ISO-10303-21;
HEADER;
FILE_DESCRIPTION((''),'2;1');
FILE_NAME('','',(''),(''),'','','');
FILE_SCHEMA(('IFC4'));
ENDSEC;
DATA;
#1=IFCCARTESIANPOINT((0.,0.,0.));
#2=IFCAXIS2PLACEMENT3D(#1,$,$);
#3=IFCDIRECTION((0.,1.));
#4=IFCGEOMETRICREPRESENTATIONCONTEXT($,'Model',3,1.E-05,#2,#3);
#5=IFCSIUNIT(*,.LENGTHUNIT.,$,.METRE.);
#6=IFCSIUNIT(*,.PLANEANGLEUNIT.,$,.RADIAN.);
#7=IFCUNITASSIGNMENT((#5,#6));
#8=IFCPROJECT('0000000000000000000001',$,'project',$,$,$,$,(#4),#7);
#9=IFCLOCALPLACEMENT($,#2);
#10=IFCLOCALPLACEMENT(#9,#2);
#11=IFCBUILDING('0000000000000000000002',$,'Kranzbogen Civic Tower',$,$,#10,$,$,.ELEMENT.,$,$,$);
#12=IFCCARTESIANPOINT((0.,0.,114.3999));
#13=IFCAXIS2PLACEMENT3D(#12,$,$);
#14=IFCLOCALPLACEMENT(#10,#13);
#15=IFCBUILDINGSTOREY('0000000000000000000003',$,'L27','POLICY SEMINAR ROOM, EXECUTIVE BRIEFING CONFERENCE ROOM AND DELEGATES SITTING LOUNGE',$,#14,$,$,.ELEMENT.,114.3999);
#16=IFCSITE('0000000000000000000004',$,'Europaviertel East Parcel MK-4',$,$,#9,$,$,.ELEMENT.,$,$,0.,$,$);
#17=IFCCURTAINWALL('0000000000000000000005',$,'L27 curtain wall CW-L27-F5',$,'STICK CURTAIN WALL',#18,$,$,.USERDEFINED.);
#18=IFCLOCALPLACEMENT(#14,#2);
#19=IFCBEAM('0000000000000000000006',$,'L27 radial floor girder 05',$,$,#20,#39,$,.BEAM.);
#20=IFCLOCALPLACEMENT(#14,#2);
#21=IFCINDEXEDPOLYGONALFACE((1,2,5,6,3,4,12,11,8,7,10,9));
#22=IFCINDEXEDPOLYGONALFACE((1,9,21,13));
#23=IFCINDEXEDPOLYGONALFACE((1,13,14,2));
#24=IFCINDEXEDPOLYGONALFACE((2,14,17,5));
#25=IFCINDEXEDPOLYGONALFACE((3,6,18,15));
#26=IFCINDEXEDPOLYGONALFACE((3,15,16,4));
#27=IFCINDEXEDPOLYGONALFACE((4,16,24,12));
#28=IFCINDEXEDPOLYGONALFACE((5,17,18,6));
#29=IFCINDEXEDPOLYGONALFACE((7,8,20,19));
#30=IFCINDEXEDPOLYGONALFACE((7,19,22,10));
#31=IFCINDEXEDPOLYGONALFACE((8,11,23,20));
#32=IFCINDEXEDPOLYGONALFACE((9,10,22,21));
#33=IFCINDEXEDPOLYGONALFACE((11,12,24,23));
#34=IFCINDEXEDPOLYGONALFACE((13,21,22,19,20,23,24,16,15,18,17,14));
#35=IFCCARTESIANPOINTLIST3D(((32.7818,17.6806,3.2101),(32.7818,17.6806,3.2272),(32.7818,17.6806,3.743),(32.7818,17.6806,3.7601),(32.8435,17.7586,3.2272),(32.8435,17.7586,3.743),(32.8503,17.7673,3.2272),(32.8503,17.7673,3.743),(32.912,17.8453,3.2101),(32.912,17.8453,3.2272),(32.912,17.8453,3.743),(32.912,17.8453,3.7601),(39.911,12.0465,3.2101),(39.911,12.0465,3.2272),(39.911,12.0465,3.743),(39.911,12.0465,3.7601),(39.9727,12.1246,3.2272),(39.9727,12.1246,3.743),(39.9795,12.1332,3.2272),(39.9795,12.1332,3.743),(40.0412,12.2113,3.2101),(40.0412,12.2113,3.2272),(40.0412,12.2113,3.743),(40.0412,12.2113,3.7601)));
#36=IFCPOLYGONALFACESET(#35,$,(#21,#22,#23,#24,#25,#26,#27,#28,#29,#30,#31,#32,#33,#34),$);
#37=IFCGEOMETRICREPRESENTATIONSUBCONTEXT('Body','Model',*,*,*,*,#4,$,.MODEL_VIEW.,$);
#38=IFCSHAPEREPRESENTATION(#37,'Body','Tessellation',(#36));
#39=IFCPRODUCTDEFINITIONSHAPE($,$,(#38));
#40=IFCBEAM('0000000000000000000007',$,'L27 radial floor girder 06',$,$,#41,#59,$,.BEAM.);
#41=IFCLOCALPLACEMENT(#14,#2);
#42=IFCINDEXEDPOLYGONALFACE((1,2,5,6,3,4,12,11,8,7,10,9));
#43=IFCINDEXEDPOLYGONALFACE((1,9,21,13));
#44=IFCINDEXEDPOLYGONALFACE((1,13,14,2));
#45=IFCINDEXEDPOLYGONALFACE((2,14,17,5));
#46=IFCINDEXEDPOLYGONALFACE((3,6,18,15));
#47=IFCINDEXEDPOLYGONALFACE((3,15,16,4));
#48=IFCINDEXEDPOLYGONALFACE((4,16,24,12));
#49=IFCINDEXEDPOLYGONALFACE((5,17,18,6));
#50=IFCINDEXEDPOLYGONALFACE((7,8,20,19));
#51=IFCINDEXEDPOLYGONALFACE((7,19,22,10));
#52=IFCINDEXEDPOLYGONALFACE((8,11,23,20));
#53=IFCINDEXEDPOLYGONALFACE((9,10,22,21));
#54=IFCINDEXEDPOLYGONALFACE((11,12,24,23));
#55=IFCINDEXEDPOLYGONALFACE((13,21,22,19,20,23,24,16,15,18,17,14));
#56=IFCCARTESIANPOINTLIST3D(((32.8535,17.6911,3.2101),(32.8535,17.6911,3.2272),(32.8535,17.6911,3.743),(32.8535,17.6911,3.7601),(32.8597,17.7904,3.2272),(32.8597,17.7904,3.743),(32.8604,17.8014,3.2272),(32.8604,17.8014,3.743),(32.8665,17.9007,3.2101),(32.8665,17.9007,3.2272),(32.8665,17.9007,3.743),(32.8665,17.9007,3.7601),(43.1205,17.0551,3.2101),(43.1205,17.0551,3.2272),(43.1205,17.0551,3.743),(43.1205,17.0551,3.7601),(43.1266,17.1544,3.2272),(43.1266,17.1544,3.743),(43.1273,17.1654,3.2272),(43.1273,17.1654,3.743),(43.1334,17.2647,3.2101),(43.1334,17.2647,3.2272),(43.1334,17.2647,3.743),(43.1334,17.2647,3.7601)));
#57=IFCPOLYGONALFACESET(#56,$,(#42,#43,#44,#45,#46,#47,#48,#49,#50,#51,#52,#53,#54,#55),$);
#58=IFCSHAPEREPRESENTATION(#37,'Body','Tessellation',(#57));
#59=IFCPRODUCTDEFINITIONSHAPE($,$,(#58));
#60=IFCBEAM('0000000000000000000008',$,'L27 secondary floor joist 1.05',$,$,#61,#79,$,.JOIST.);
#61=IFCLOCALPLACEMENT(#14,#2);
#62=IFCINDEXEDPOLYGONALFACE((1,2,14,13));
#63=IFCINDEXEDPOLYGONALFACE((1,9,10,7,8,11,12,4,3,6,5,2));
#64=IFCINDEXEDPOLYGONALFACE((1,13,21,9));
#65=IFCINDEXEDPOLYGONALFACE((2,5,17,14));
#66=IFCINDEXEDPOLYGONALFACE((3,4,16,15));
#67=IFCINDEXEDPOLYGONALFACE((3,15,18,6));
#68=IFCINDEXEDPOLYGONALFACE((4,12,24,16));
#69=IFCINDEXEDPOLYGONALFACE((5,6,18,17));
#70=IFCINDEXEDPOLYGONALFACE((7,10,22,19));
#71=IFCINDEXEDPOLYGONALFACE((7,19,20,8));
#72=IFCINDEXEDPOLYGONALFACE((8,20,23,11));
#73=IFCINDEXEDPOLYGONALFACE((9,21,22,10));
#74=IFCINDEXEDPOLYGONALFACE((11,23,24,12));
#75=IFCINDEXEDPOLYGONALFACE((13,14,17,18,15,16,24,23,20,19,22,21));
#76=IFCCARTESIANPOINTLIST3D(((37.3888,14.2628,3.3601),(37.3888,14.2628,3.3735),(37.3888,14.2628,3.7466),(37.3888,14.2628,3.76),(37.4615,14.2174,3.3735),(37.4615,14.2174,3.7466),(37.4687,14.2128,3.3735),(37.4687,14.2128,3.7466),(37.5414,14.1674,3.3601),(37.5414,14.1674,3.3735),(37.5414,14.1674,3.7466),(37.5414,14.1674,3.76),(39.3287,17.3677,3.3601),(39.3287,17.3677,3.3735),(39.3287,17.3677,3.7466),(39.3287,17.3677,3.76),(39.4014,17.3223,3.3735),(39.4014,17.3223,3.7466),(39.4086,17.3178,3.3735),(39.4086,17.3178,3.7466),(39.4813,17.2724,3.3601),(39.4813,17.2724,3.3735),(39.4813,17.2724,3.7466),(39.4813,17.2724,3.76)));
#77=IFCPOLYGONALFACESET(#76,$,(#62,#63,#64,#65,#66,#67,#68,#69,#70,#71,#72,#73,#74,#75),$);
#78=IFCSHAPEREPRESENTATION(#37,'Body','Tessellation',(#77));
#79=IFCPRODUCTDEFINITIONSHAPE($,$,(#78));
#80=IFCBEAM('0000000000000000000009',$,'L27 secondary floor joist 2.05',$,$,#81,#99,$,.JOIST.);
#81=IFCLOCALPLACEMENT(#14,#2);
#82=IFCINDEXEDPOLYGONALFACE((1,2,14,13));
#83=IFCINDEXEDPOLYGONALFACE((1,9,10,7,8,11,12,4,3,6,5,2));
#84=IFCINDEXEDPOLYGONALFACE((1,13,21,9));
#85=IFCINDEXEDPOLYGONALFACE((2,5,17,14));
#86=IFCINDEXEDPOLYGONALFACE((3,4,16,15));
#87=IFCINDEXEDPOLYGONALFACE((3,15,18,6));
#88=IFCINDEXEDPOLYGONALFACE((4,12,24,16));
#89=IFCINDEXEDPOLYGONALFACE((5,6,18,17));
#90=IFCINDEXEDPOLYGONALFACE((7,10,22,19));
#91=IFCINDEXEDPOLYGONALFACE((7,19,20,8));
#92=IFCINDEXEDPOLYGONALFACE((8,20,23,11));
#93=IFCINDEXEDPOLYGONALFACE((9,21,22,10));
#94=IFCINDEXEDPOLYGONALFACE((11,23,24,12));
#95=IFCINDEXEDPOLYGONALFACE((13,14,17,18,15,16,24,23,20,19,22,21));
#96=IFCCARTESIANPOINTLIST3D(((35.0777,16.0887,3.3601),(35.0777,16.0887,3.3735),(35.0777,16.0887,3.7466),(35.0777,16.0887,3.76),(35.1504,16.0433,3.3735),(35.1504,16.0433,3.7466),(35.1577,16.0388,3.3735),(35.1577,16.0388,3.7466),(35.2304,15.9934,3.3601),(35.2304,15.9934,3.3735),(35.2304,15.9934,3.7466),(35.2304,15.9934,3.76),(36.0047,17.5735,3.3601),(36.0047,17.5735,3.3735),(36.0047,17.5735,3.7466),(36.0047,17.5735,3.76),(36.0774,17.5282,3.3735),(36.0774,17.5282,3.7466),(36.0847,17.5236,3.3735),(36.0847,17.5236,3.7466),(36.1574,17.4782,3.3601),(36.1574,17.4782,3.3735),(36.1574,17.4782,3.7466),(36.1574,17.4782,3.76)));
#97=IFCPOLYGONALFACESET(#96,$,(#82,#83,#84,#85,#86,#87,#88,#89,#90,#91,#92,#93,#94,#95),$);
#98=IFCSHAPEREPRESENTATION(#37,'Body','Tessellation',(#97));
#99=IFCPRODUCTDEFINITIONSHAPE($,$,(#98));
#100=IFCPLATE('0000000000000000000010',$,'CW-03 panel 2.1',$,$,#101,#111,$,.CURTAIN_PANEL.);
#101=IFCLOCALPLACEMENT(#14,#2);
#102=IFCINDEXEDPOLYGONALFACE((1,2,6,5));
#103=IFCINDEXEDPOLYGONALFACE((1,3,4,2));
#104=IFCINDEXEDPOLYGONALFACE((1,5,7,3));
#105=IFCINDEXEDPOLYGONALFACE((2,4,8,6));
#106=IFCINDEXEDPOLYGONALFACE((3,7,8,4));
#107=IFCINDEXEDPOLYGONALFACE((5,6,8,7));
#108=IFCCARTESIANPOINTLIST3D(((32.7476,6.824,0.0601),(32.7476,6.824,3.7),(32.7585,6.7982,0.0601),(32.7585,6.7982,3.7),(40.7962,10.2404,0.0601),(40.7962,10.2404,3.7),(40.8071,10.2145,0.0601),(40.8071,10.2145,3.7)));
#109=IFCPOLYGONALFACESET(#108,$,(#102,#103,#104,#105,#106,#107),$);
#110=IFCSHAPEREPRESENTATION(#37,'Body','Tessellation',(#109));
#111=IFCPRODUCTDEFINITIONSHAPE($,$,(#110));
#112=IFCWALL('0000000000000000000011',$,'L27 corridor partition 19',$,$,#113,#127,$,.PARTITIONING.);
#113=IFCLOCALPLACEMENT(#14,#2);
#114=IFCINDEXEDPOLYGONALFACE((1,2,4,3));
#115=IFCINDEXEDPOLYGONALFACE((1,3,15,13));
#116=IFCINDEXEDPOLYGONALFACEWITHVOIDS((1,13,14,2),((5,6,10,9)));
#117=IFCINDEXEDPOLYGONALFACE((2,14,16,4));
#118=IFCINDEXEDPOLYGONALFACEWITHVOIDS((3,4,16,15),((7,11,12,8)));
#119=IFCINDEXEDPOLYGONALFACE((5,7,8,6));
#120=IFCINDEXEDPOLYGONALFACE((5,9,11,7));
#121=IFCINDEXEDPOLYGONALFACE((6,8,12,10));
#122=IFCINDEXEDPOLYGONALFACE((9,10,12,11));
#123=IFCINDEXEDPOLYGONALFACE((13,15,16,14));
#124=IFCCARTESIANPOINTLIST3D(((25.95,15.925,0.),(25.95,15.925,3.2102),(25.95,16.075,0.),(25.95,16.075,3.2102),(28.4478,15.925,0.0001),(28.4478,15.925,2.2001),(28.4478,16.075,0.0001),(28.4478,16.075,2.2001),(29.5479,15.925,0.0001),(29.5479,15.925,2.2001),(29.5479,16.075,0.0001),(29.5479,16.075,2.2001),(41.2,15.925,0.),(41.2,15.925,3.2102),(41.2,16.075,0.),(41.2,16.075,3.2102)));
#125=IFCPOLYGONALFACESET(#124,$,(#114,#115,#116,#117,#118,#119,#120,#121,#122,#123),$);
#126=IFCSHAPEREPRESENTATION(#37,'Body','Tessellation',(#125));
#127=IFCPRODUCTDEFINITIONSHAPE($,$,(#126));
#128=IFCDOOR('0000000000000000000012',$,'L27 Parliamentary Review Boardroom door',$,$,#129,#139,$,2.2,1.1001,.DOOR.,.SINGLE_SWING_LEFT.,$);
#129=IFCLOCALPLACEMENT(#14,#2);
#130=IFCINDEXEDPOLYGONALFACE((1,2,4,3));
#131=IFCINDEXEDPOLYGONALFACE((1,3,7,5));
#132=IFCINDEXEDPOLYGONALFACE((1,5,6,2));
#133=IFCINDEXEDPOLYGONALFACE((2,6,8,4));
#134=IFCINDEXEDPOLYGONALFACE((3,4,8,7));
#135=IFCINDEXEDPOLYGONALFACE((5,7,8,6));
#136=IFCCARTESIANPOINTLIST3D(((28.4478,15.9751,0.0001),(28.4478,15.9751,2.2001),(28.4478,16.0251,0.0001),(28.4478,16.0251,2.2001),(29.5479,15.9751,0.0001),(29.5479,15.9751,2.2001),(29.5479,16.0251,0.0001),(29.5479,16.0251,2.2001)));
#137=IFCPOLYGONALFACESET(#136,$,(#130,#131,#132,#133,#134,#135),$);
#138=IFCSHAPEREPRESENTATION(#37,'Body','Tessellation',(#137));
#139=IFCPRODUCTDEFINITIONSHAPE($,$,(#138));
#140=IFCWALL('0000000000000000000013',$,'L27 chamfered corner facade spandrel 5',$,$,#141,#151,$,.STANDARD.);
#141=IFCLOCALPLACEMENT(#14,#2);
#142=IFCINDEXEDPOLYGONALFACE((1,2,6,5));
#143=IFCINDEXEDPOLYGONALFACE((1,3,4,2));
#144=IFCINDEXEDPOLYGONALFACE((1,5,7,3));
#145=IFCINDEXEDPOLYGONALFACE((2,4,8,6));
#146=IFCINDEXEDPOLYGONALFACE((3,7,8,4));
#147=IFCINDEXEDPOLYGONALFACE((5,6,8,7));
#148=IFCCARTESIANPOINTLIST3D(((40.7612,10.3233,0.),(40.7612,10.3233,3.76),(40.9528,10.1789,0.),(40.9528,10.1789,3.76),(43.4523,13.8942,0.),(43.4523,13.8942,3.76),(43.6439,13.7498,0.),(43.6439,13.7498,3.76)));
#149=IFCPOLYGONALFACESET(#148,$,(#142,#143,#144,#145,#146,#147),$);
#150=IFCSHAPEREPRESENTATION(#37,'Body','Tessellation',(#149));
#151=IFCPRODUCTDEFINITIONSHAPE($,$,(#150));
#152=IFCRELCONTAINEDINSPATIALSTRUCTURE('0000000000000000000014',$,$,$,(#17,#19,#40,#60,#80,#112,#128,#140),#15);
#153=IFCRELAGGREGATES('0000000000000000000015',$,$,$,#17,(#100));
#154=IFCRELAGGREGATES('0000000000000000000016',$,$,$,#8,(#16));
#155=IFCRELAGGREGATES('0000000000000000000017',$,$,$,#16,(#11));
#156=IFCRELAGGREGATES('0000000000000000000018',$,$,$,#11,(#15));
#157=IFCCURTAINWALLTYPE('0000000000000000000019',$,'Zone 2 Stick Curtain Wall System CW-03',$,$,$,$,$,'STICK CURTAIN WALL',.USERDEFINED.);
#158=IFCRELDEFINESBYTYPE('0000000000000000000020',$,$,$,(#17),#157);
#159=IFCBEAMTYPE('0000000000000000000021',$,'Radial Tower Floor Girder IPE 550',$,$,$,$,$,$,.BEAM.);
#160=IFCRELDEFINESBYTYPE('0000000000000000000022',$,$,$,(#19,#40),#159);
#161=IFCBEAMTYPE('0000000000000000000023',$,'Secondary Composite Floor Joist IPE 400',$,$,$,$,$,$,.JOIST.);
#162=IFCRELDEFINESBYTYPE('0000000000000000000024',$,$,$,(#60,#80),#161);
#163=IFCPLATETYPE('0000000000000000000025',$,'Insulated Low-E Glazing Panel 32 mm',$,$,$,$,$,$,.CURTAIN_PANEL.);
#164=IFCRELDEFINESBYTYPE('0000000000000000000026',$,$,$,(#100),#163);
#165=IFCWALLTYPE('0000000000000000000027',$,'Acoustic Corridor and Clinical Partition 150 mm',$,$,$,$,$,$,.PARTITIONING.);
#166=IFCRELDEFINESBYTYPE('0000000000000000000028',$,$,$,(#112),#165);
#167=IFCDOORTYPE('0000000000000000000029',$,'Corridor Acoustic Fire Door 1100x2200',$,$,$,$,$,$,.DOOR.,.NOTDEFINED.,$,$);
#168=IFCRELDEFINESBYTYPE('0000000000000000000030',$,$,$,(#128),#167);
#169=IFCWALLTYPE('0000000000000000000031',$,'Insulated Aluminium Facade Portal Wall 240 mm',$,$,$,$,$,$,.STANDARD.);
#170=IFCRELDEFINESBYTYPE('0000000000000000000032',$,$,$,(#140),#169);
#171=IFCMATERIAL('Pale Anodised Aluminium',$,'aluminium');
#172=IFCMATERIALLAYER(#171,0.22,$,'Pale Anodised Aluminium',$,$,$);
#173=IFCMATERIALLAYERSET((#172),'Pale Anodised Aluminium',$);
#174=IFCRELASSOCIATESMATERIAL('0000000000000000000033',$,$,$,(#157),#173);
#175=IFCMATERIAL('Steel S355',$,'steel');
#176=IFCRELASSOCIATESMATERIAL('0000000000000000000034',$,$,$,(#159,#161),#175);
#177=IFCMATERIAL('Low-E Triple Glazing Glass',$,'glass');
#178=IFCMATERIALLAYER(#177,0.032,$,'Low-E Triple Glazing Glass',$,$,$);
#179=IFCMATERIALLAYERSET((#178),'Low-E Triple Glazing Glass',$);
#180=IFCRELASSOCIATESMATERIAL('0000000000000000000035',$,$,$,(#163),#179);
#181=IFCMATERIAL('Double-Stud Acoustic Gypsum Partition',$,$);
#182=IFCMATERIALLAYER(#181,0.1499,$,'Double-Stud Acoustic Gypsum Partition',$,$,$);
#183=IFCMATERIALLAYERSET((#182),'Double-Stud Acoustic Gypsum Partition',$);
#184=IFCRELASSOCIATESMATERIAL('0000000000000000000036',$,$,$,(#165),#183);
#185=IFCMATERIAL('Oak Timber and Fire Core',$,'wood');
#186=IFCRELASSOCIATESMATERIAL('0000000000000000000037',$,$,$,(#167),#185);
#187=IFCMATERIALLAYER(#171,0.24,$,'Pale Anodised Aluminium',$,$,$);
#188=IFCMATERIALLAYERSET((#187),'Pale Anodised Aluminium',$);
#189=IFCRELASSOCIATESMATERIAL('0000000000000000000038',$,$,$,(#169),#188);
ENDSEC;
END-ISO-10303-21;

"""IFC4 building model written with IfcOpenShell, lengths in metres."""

from ifc_helpers import new_model, si_unit, direction, frame, frame_2d, origin, origin_2d, place, context, subcontext, project, spatial, rectangle, i_section, extrude, material, layer, layer_set, material_profile, profile_set, type_object, element, fill, aggregate, save


model = new_model("IFC4")

# Units and contexts
model_context = context("Model", 3, precision=1e-05, world=origin(), true_north=direction((0.0, 1.0)))
body_context = subcontext(model_context, "Body", "Model", "MODEL_VIEW")
ifc_project = project(units=[si_unit("LENGTHUNIT", "METRE"), si_unit("PLANEANGLEUNIT", "RADIAN")], contexts=[model_context])

# Site, building, storey
site_placement = place(None, origin())
site = spatial("IfcSite", under=ifc_project, at=site_placement, Name="Europaviertel East Parcel MK-4", CompositionType="ELEMENT", RefElevation=0.0)
building_placement = place(site_placement, origin())
building = spatial("IfcBuilding", under=site, at=building_placement, Name="Kranzbogen Civic Tower", CompositionType="ELEMENT")
storey_placement = place(building_placement, frame((0.0, 0.0, 114.3999)))
storey = spatial("IfcBuildingStorey", under=building, at=storey_placement, Name="L27", Description="POLICY SEMINAR ROOM, EXECUTIVE BRIEFING CONFERENCE ROOM AND DELEGATES SITTING LOUNGE", CompositionType="ELEMENT", Elevation=114.3999)

# Shared definitions
ifc_material_1 = material(Name="Steel S355", Category="steel")

# Curtain wall
ifc_material_2 = material(Name="Pale Anodised Aluminium", Category="aluminium")
ifc_layer_1 = layer(ifc_material_2, 0.22, Name="Pale Anodised Aluminium")
ifc_layer_set_1 = layer_set([ifc_layer_1], Name="Pale Anodised Aluminium")
curtain_wall_type = type_object("IfcCurtainWallType", Name="Zone 2 Stick Curtain Wall System CW-03", ElementType="STICK CURTAIN WALL", PredefinedType="USERDEFINED", material=ifc_layer_set_1)
curtain_wall_1_placement = place(storey_placement, origin())
curtain_wall_1 = element("IfcCurtainWall", 1, at=curtain_wall_1_placement, inside=storey, type_object=curtain_wall_type, Name="L27 curtain wall CW-L27-F5", ObjectType="STICK CURTAIN WALL", PredefinedType="USERDEFINED")

# Beams
ifc_material_profile_1 = material_profile(ifc_material_1, i_section(OverallWidth=0.21, OverallDepth=0.55, WebThickness=0.011, FlangeThickness=0.0171, at=origin_2d()), Name="IPE 550")
ifc_profile_set_1 = profile_set([ifc_material_profile_1], Name="Steel S355")
beam_type_1 = type_object("IfcBeamType", Name="Radial Tower Floor Girder IPE 550", PredefinedType="BEAM", material=ifc_profile_set_1)
beam_1_placement = place(storey_placement, frame((39.9761, 12.1289, 3.4851), z_axis=(-0.784575, 0.620034, 0.0), x_axis=(-0.620034, -0.784575, 0.0)))
element("IfcBeam", 2, at=beam_1_placement, inside=storey, type_object=beam_type_1, Name="L27 radial floor girder 05", PredefinedType="BEAM", context=body_context, shape_type="SweptSolid", body=[
    extrude(i_section(OverallWidth=0.21, OverallDepth=0.55, WebThickness=0.011, FlangeThickness=0.0171, at=origin_2d()), origin(), (0.0, 0.0, 1.0), 9.0867),
])
beam_2_placement = place(storey_placement, frame((43.127, 17.1599, 3.4851), z_axis=(-0.998087, 0.061827, 0.0), x_axis=(-0.061827, -0.998087, 0.0)))
element("IfcBeam", 3, at=beam_2_placement, inside=storey, type_object=beam_type_1, Name="L27 radial floor girder 06", PredefinedType="BEAM", context=body_context, shape_type="SweptSolid", body=[
    extrude(i_section(OverallWidth=0.21, OverallDepth=0.55, WebThickness=0.011, FlangeThickness=0.0171, at=origin_2d()), origin(), (0.0, 0.0, 1.0), 10.2866),
])
ifc_material_profile_2 = material_profile(ifc_material_1, i_section(OverallWidth=0.1799, OverallDepth=0.3999, WebThickness=0.0085, FlangeThickness=0.0134, at=origin_2d()), Name="IPE 400")
ifc_profile_set_2 = profile_set([ifc_material_profile_2], Name="Steel S355")
beam_type_2 = type_object("IfcBeamType", Name="Secondary Composite Floor Joist IPE 400", PredefinedType="JOIST", material=ifc_profile_set_2)
beam_3_placement = place(storey_placement, frame((37.4651, 14.2151, 3.5601), z_axis=(0.529867, 0.848081, 0.0), x_axis=(-0.848081, 0.529867, 0.0)))
element("IfcBeam", 4, at=beam_3_placement, inside=storey, type_object=beam_type_2, Name="L27 secondary floor joist 1.05", PredefinedType="JOIST", context=body_context, shape_type="SweptSolid", body=[
    extrude(i_section(OverallWidth=0.1799, OverallDepth=0.3999, WebThickness=0.0085, FlangeThickness=0.0134, at=origin_2d()), origin(), (0.0, 0.0, 1.0), 3.6611),
])
beam_4_placement = place(storey_placement, frame((35.1541, 16.041, 3.5601), z_axis=(0.529573, 0.848265, 0.0), x_axis=(-0.848265, 0.529573, 0.0)))
element("IfcBeam", 5, at=beam_4_placement, inside=storey, type_object=beam_type_2, Name="L27 secondary floor joist 2.05", PredefinedType="JOIST", context=body_context, shape_type="SweptSolid", body=[
    extrude(i_section(OverallWidth=0.1799, OverallDepth=0.3999, WebThickness=0.0085, FlangeThickness=0.0134, at=origin_2d()), origin(), (0.0, 0.0, 1.0), 1.7505),
])

# Plate
ifc_material_3 = material(Name="Low-E Triple Glazing Glass", Category="glass")
ifc_layer_2 = layer(ifc_material_3, 0.032, Name="Low-E Triple Glazing Glass")
ifc_layer_set_2 = layer_set([ifc_layer_2], Name="Low-E Triple Glazing Glass")
plate_type = type_object("IfcPlateType", Name="Insulated Low-E Glazing Panel 32 mm", PredefinedType="CURTAIN_PANEL", material=ifc_layer_set_2)
plate_placement = place(storey_placement, frame((36.7773, 8.5193, 0.0601), z_axis=(0.0, 0.0, 1.0), x_axis=(0.92051, 0.39072, 0.0)))
plate = element("IfcPlate", 6, at=plate_placement, type_object=plate_type, Name="CW-03 panel 2.1", PredefinedType="CURTAIN_PANEL", context=body_context, shape_type="SweptSolid", body=[
    extrude(rectangle(XDim=8.7437, YDim=0.0281, at=origin_2d()), origin(), (0.0, 0.0, 1.0), 3.6399),
])
aggregate(curtain_wall_1, [plate])

# Wall, opening, door
ifc_material_4 = material(Name="Double-Stud Acoustic Gypsum Partition")
ifc_layer_3 = layer(ifc_material_4, 0.1499, Name="Double-Stud Acoustic Gypsum Partition")
ifc_layer_set_3 = layer_set([ifc_layer_3], Name="Double-Stud Acoustic Gypsum Partition")
wall_type_1 = type_object("IfcWallType", Name="Acoustic Corridor and Clinical Partition 150 mm", PredefinedType="PARTITIONING", material=ifc_layer_set_3)
wall_1_placement = place(storey_placement, frame((41.2, 16.0, 0.0), z_axis=(0.0, 0.0, 1.0), x_axis=(-1.0, 0.0, 0.0)))
wall_1 = element("IfcWall", 7, at=wall_1_placement, inside=storey, type_object=wall_type_1, Name="L27 corridor partition 19", PredefinedType="PARTITIONING", context=body_context, shape_type="SweptSolid", body=[
    extrude(rectangle(XDim=15.25, YDim=0.1499, at=frame_2d((7.625, 0.0))), origin(), (0.0, 0.0, 1.0), 3.2102),
])
opening_placement = place(wall_1_placement, frame((11.6521, 0.0, 0.0)))
opening = element("IfcOpeningElement", 8, at=opening_placement, cuts=wall_1, PredefinedType="OPENING", context=body_context, shape_type="SweptSolid", body=[
    extrude(rectangle(XDim=1.1001, YDim=2.2, at=frame_2d((0.55, 1.1001))), frame((0.0, 0.085, 0.0), z_axis=(0.0, -1.0, 0.0), x_axis=(1.0, 0.0, 0.0)), (0.0, 0.0, 1.0), 0.1699),
])
ifc_material_5 = material(Name="Oak Timber and Fire Core", Category="wood")
door_type = type_object("IfcDoorType", Name="Corridor Acoustic Fire Door 1100x2200", OperationType="NOTDEFINED", PredefinedType="DOOR", material=ifc_material_5)
door_placement = place(opening_placement, origin())
door = element("IfcDoor", 9, at=door_placement, inside=storey, type_object=door_type, Name="L27 Parliamentary Review Boardroom door", OperationType="SINGLE_SWING_LEFT", OverallHeight=2.2, OverallWidth=1.1001, PredefinedType="DOOR", context=body_context, shape_type="SweptSolid", body=[
    extrude(rectangle(XDim=1.1001, YDim=2.2, at=frame_2d((0.55, 1.1001))), frame((0.0, 0.0249, 0.0), z_axis=(0.0, -1.0, 0.0), x_axis=(1.0, 0.0, 0.0)), (0.0, 0.0, 1.0), 0.05),
])
fill(opening, door)

# Wall
ifc_layer_4 = layer(ifc_material_2, 0.24, Name="Pale Anodised Aluminium")
ifc_layer_set_4 = layer_set([ifc_layer_4], Name="Pale Anodised Aluminium")
wall_type_2 = type_object("IfcWallType", Name="Insulated Aluminium Facade Portal Wall 240 mm", PredefinedType="STANDARD", material=ifc_layer_set_4)
wall_2_placement = place(storey_placement, frame((40.8569, 10.251, 0.0), z_axis=(0.0, 0.0, 1.0), x_axis=(0.601842, 0.798615, 0.0)))
element("IfcWall", 10, at=wall_2_placement, inside=storey, type_object=wall_type_2, Name="L27 chamfered corner facade spandrel 5", PredefinedType="STANDARD", context=body_context, shape_type="SweptSolid", body=[
    extrude(rectangle(XDim=4.4714, YDim=0.24, at=frame_2d((2.2358, 0.0))), origin(), (0.0, 0.0, 1.0), 3.76),
])

save(model, "model.ifc")
